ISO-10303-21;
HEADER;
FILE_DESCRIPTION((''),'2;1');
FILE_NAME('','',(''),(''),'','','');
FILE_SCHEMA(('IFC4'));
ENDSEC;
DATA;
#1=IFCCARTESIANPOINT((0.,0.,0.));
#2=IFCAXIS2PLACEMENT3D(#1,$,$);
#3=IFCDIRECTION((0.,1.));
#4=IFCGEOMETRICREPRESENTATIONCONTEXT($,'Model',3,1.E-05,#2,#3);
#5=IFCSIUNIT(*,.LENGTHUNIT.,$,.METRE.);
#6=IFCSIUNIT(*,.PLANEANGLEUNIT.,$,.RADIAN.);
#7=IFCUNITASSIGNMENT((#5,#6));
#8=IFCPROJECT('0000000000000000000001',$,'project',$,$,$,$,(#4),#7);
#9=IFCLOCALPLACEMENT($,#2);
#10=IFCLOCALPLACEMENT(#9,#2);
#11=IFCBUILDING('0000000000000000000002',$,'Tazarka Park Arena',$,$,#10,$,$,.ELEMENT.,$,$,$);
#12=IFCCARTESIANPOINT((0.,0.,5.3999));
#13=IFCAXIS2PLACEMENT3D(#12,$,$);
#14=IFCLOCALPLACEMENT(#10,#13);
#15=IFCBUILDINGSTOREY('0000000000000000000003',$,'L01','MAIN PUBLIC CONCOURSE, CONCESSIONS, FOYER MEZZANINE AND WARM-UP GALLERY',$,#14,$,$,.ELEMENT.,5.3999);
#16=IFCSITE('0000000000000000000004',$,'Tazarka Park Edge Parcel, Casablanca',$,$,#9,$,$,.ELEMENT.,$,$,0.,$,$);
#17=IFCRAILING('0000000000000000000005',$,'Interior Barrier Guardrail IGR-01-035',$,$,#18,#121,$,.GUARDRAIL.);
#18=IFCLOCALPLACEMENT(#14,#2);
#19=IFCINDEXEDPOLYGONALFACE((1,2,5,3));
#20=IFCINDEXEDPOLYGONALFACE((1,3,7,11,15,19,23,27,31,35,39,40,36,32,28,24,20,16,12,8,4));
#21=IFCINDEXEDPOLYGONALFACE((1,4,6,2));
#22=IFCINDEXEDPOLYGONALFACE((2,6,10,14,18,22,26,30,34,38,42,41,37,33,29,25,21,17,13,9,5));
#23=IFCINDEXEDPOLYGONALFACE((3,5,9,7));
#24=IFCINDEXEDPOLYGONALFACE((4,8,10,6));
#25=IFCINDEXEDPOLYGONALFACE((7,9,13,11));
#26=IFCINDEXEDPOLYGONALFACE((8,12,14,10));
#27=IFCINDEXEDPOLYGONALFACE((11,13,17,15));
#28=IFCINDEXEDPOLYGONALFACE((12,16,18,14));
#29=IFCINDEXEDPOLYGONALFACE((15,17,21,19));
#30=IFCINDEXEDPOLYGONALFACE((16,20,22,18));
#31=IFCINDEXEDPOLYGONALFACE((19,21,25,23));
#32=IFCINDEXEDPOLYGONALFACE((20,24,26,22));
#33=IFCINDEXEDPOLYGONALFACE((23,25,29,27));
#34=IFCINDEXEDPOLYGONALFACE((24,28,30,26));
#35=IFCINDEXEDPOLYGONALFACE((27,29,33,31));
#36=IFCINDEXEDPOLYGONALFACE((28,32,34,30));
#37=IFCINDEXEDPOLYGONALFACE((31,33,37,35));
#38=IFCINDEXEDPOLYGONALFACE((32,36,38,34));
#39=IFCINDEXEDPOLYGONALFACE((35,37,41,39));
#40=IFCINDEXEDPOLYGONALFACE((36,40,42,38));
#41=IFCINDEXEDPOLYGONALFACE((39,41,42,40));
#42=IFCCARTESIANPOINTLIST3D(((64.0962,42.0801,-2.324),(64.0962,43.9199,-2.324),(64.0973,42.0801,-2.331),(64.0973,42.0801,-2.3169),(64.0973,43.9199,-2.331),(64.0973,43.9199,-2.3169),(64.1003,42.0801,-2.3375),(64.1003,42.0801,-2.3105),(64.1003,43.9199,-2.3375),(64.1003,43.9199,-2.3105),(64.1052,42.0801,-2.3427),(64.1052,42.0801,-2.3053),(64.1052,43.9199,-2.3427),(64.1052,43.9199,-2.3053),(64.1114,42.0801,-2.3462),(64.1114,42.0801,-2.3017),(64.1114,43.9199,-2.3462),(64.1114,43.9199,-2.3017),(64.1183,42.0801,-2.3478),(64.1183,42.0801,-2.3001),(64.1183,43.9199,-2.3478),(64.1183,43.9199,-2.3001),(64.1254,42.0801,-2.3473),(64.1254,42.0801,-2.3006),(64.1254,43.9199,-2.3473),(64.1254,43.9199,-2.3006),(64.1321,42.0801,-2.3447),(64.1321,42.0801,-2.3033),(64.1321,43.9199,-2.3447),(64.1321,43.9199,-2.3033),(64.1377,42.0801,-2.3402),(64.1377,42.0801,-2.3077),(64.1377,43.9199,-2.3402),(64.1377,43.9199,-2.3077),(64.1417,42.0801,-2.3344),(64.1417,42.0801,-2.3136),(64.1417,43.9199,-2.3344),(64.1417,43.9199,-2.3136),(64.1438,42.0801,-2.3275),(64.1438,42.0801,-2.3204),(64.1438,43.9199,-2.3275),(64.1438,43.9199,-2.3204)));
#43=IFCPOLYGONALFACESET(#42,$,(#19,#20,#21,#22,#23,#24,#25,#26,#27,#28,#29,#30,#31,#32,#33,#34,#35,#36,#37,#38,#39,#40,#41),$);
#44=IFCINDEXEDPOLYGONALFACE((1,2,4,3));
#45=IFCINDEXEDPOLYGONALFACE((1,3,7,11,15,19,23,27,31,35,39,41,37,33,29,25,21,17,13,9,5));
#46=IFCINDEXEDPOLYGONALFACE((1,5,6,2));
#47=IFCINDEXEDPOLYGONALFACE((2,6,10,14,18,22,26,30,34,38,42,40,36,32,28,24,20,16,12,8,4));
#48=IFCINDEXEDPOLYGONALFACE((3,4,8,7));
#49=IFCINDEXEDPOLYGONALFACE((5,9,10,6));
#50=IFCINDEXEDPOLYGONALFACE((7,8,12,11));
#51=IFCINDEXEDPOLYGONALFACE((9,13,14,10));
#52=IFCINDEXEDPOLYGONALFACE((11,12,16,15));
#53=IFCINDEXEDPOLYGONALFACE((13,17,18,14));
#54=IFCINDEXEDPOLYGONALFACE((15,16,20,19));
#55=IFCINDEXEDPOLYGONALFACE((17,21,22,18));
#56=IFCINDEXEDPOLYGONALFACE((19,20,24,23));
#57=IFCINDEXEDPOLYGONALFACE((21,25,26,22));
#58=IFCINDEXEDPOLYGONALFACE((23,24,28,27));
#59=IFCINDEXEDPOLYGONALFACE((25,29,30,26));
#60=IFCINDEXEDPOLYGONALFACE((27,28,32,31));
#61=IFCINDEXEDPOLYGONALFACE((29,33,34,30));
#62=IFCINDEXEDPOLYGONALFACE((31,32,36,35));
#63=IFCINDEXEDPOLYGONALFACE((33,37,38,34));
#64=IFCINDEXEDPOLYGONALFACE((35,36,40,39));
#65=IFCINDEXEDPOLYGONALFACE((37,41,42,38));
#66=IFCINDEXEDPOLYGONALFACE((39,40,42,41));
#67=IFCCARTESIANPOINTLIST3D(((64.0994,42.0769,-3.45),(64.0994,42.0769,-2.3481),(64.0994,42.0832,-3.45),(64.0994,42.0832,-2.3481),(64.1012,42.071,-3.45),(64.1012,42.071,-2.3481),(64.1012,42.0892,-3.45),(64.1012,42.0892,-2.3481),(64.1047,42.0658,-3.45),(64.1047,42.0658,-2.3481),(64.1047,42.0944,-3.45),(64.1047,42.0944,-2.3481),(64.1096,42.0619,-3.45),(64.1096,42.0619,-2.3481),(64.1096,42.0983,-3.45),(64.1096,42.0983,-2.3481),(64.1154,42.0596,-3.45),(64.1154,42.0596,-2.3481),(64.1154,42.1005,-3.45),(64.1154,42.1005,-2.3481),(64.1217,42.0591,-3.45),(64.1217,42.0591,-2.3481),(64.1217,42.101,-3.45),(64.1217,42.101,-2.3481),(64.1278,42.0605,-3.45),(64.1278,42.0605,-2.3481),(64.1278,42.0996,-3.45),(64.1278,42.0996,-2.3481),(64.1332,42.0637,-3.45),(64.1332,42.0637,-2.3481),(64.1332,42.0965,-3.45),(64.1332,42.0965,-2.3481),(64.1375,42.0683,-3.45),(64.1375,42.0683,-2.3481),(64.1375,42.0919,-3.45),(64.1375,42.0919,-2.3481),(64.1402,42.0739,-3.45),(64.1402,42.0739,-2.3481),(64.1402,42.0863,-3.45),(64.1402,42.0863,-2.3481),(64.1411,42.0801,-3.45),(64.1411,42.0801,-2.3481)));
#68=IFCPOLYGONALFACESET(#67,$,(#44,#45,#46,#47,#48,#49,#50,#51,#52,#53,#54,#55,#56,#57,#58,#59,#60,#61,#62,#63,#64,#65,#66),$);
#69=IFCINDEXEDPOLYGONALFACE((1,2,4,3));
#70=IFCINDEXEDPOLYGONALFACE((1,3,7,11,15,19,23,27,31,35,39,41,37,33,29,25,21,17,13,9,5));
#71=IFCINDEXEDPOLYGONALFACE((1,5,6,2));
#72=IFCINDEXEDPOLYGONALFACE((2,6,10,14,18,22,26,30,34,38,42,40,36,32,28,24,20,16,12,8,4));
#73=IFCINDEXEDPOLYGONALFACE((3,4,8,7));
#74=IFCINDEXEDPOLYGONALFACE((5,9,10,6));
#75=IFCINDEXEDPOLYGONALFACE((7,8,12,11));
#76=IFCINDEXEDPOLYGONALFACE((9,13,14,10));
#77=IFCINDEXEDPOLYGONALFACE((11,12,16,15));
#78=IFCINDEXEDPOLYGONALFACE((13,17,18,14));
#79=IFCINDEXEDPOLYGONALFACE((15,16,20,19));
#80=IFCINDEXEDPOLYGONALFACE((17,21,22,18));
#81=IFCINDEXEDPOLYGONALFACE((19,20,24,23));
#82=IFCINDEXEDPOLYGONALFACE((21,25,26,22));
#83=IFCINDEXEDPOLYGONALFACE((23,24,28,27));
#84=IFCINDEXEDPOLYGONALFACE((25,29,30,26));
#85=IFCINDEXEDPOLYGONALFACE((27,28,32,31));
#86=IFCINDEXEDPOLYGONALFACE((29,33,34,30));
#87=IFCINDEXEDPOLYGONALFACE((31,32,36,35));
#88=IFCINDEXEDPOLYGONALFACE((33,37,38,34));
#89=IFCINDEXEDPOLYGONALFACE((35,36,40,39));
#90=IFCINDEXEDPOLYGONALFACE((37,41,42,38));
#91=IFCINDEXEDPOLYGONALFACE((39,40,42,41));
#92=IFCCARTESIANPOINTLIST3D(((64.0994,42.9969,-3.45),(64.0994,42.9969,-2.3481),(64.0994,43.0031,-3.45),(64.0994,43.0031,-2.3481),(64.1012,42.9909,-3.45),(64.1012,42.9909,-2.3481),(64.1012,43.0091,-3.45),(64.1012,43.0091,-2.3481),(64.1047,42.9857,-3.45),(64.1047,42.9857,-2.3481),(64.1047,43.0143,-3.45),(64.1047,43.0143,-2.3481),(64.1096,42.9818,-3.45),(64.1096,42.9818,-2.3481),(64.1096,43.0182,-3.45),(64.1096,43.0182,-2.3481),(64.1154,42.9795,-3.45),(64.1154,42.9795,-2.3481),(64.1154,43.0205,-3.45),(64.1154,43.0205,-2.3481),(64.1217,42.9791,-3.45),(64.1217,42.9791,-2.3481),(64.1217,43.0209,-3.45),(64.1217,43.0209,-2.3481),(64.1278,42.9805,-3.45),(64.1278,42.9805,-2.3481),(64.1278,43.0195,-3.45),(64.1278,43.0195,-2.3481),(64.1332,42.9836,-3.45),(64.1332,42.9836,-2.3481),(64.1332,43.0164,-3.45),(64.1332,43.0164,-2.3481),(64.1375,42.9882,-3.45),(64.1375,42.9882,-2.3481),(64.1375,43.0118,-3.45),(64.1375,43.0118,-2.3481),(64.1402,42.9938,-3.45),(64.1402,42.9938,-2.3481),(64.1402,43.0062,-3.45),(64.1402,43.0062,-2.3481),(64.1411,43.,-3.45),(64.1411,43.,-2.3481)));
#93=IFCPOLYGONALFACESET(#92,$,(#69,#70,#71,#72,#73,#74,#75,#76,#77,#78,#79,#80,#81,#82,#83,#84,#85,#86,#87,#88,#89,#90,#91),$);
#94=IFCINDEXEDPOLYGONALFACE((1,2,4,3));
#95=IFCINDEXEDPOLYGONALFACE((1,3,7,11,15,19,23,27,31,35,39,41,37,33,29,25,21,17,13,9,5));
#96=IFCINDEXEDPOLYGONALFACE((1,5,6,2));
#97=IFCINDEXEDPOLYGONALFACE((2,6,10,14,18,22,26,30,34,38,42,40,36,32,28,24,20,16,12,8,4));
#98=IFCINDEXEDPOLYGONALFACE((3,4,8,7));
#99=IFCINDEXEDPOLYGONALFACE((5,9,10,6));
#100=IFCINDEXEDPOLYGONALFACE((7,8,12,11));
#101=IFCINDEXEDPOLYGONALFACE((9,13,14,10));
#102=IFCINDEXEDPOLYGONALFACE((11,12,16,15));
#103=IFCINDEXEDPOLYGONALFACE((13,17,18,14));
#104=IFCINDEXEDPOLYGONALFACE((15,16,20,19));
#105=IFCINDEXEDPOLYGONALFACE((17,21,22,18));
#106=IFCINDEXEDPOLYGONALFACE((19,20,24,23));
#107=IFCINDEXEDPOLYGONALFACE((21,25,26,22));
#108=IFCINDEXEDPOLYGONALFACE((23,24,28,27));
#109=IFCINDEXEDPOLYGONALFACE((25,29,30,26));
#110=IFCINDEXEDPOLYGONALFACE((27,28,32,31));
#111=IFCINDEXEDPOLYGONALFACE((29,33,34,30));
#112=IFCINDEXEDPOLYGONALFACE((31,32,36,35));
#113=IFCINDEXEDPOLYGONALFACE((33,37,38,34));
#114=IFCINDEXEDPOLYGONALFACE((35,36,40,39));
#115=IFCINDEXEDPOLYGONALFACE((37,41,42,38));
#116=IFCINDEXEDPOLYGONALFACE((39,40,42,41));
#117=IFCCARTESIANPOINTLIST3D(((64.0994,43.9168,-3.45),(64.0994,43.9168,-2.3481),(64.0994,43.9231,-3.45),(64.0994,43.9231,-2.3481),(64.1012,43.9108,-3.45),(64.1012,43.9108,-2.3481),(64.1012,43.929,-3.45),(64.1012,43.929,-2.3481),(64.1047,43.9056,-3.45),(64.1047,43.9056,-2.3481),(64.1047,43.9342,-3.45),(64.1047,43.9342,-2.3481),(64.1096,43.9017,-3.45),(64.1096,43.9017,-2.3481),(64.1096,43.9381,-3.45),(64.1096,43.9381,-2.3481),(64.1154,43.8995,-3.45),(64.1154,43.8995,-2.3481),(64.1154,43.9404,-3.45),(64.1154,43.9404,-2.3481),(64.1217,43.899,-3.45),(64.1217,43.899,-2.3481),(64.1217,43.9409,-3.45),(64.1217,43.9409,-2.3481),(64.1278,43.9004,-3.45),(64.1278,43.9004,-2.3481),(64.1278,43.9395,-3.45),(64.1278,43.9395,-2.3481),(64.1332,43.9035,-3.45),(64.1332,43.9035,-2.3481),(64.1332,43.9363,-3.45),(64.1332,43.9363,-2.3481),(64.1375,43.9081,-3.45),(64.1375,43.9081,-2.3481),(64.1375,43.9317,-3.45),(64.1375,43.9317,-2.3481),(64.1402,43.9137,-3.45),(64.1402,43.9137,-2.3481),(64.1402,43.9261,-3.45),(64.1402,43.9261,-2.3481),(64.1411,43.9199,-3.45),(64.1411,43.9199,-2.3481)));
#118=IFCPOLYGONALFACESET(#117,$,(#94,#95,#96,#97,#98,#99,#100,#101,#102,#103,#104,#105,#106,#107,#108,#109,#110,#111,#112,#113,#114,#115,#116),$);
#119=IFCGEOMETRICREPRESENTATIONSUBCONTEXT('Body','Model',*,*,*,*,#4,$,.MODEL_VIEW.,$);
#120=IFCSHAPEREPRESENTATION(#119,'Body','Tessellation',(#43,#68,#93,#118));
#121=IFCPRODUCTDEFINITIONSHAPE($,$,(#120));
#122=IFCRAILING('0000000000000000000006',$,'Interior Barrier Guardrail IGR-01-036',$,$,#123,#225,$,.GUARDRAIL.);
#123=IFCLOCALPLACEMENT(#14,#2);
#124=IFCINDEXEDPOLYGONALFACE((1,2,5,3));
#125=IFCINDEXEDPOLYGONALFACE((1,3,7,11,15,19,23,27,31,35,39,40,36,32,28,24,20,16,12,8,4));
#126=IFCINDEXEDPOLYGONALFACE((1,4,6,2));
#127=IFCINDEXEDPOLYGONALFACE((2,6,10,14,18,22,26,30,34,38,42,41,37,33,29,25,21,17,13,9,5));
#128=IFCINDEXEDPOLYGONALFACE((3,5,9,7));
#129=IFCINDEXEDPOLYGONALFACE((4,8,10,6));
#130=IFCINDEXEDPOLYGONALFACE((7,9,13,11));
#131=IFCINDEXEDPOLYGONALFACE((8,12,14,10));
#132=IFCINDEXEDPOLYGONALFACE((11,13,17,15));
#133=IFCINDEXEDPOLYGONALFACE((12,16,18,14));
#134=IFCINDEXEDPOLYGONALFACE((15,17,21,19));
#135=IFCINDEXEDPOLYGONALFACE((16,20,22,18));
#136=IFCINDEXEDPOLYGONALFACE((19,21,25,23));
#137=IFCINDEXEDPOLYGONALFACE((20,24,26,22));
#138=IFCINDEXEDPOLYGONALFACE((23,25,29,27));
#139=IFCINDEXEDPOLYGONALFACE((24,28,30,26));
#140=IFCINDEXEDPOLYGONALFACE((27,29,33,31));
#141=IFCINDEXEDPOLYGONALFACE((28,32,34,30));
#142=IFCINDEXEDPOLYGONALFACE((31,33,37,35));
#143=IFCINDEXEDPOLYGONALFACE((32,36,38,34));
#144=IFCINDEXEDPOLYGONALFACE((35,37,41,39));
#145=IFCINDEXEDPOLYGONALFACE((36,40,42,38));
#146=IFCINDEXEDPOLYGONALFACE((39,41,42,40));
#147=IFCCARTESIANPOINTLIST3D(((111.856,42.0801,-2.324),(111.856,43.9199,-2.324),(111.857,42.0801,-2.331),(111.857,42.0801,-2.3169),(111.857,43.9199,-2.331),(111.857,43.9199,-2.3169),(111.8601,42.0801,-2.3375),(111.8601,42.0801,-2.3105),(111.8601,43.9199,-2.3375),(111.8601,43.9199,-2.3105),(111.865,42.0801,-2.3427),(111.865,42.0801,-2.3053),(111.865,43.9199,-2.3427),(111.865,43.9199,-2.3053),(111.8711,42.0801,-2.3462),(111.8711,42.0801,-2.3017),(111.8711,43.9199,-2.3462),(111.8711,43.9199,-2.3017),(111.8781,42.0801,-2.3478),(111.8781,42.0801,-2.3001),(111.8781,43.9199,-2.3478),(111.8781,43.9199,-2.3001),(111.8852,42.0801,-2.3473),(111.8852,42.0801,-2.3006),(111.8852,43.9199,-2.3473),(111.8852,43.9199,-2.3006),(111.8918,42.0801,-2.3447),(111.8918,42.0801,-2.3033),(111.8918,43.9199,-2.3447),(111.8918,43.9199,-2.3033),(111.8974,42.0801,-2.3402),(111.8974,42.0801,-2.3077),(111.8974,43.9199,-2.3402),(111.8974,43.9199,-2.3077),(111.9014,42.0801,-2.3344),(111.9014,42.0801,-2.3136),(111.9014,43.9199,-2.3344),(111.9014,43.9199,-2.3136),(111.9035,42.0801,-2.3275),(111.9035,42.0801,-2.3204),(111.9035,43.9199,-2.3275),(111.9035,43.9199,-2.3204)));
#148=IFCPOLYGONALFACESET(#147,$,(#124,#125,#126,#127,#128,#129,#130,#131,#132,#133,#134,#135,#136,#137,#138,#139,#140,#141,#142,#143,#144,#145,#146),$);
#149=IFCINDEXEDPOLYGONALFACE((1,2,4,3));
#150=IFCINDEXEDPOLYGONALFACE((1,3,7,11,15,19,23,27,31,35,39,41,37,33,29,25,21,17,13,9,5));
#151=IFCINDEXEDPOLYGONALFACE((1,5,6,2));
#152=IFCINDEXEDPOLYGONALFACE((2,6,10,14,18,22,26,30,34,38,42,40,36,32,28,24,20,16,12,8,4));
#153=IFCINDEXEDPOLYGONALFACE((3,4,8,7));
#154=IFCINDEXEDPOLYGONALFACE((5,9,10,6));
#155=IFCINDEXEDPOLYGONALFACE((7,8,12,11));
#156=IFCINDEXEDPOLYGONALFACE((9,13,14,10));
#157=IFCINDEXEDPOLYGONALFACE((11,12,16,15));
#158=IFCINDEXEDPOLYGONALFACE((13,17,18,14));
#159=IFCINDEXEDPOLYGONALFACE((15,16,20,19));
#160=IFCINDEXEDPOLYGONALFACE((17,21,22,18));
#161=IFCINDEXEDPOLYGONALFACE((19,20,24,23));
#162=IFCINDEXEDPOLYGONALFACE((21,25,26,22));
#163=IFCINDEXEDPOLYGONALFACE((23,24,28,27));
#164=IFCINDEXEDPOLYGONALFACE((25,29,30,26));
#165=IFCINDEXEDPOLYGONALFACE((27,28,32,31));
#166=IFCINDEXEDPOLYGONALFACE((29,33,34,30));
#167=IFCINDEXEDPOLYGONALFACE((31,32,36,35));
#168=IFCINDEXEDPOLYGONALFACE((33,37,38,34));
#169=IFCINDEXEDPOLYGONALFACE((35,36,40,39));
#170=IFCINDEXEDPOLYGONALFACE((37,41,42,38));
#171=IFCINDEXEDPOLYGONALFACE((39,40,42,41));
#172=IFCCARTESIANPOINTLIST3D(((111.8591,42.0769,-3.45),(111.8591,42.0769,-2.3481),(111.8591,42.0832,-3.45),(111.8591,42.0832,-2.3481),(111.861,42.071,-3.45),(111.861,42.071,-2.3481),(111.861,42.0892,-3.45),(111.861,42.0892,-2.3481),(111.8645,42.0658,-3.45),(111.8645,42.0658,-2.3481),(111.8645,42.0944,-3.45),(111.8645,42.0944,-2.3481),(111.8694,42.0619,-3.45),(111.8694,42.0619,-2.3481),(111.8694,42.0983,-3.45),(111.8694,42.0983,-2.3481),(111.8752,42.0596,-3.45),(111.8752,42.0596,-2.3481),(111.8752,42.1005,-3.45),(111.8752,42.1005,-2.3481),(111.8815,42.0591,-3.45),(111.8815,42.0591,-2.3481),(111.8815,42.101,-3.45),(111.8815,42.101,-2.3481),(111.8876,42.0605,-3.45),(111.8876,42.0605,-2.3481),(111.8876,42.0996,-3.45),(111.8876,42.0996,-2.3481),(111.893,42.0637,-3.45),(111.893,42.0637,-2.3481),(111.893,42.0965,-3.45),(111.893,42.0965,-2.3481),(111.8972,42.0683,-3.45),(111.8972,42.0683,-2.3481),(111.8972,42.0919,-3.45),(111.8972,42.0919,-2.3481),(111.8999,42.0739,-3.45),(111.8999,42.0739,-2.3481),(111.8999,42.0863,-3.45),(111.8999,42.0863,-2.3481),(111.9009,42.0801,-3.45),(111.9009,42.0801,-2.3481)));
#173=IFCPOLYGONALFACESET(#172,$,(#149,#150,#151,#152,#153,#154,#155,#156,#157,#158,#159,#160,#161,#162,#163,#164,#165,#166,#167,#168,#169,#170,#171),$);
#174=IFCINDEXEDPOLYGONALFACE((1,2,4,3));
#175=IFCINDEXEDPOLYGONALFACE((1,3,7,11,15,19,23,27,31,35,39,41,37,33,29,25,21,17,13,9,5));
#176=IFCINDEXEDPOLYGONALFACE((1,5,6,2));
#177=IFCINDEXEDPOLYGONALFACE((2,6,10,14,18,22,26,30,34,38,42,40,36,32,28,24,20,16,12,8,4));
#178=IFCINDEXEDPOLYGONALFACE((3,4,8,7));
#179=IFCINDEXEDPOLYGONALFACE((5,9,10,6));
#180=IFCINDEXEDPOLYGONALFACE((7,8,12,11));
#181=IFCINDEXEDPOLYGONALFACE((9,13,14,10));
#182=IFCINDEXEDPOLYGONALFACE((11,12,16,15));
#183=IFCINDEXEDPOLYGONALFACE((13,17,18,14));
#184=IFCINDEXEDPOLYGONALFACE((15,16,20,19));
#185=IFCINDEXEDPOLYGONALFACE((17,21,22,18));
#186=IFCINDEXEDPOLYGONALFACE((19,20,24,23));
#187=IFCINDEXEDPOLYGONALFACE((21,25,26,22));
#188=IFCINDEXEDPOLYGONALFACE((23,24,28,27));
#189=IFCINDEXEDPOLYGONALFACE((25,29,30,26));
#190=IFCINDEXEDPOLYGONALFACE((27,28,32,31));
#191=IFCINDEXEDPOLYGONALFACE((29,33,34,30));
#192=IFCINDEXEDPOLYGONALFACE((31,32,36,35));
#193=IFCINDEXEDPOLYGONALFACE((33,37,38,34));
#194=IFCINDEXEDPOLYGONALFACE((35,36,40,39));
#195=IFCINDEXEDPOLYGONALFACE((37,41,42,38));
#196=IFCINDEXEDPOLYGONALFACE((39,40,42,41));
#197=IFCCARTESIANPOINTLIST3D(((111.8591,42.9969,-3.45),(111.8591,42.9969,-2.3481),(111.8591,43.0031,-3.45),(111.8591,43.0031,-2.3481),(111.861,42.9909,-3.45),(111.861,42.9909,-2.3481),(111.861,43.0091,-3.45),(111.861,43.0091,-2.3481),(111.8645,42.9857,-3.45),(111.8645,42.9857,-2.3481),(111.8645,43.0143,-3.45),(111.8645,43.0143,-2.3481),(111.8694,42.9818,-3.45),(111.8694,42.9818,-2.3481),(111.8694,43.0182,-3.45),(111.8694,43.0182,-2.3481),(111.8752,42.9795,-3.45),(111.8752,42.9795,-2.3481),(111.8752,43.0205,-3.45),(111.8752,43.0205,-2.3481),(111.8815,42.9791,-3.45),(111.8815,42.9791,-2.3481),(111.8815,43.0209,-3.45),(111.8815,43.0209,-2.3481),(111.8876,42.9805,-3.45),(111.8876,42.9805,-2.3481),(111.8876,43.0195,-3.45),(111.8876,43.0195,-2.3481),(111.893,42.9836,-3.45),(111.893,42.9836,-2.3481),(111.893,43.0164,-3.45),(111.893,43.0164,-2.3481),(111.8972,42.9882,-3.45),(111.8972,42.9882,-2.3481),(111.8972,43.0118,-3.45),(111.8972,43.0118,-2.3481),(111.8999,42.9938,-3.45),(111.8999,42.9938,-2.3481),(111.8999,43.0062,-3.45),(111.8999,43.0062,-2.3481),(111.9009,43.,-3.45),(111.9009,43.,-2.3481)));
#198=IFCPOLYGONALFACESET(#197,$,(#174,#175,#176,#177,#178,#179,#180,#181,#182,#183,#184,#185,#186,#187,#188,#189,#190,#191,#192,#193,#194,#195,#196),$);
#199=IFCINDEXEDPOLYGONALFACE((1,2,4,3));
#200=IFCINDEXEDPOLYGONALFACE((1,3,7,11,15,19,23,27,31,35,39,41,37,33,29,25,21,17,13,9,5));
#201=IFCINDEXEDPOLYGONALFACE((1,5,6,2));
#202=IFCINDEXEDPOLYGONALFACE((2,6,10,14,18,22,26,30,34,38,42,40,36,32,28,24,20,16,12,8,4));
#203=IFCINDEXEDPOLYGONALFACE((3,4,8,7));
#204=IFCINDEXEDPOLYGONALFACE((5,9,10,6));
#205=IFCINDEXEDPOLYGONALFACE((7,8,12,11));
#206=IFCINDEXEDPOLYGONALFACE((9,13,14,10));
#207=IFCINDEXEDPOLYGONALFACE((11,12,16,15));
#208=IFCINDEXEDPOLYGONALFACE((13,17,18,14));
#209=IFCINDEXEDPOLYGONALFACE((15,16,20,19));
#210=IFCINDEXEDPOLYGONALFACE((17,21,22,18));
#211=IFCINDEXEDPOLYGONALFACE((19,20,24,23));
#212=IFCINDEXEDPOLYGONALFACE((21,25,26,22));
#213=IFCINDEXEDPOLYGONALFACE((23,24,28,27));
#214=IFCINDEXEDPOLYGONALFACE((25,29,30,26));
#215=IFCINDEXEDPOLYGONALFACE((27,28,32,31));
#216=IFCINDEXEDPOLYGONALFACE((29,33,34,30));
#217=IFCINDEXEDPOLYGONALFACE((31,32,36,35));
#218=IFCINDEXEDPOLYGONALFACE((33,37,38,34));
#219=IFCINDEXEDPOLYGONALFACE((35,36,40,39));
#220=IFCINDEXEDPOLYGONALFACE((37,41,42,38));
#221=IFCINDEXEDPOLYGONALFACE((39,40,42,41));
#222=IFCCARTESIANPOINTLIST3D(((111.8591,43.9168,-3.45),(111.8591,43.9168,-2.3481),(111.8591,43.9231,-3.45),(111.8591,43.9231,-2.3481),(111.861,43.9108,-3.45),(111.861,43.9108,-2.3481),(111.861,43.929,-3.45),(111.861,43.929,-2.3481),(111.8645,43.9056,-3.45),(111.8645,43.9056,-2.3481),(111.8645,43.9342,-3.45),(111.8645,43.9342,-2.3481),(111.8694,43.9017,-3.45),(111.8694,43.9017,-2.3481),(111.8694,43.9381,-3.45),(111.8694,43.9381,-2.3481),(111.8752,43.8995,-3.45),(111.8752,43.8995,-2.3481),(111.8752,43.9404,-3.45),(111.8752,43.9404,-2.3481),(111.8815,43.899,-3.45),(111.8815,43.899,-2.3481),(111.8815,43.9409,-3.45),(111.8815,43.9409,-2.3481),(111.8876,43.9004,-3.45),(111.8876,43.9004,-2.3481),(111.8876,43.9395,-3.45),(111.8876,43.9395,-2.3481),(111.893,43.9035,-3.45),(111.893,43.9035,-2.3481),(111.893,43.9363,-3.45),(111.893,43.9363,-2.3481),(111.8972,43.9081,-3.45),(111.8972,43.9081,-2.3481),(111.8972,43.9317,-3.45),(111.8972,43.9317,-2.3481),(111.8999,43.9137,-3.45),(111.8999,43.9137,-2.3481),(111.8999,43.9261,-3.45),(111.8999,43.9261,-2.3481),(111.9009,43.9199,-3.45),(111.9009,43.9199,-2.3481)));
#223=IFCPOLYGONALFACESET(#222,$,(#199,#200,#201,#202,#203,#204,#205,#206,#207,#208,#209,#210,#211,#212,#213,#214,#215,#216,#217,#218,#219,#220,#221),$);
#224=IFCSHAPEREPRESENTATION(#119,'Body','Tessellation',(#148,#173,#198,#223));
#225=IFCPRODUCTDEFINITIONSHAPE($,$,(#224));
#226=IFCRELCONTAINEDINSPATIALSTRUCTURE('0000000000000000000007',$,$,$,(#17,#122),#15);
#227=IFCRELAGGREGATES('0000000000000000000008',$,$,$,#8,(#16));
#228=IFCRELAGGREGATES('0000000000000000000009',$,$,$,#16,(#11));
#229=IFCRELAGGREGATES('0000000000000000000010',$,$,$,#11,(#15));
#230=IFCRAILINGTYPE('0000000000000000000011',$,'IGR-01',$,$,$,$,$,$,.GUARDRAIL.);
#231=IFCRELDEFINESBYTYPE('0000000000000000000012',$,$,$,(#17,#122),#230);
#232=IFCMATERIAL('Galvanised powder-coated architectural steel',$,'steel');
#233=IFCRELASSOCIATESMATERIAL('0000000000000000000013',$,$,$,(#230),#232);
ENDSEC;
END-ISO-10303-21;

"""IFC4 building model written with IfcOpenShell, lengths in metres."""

from ifc_helpers import new_model, si_unit, direction, frame, origin, origin_2d, place, context, subcontext, project, spatial, circle, extrude, material, type_object, element, save


model = new_model("IFC4")

# Units and contexts
model_context = context("Model", 3, precision=1e-05, world=origin(), true_north=direction((0.0, 1.0)))
body_context = subcontext(model_context, "Body", "Model", "MODEL_VIEW")
ifc_project = project(units=[si_unit("LENGTHUNIT", "METRE"), si_unit("PLANEANGLEUNIT", "RADIAN")], contexts=[model_context])

# Site, building, storey
site_placement = place(None, origin())
site = spatial("IfcSite", under=ifc_project, at=site_placement, Name="Tazarka Park Edge Parcel, Casablanca", CompositionType="ELEMENT", RefElevation=0.0)
building_placement = place(site_placement, origin())
building = spatial("IfcBuilding", under=site, at=building_placement, Name="Tazarka Park Arena", CompositionType="ELEMENT")
storey_placement = place(building_placement, frame((0.0, 0.0, 5.3999)))
storey = spatial("IfcBuildingStorey", under=building, at=storey_placement, Name="L01", Description="MAIN PUBLIC CONCOURSE, CONCESSIONS, FOYER MEZZANINE AND WARM-UP GALLERY", CompositionType="ELEMENT", Elevation=5.3999)

# Railings
ifc_material_1 = material(Name="Galvanised powder-coated architectural steel", Category="steel")
railing_type = type_object("IfcRailingType", Name="IGR-01", PredefinedType="GUARDRAIL", material=ifc_material_1)
for number, where, name in (
    (1, (64.1201, 42.0801, -3.45), "Interior Barrier Guardrail IGR-01-035"),
    (2, (111.8799, 42.0801, -3.45), "Interior Barrier Guardrail IGR-01-036"),
):
    element("IfcRailing", number, at=place(storey_placement, frame(where)), inside=storey, type_object=railing_type, Name=name, PredefinedType="GUARDRAIL", context=body_context, shape_type="SweptSolid", body=[
        extrude(circle(Radius=0.0239, at=origin_2d()), frame((0.0, 0.0, 1.126), z_axis=(0.0, 1.0, 0.0), x_axis=(-1.0, 0.0, 0.0)), (0.0, 0.0, 1.0), 1.8398),
        extrude(circle(Radius=0.021, at=origin_2d()), origin(), (0.0, 0.0, 1.0), 1.1018),
        extrude(circle(Radius=0.021, at=origin_2d()), frame((0.0, 0.9199, 0.0)), (0.0, 0.0, 1.0), 1.1018),
        extrude(circle(Radius=0.021, at=origin_2d()), frame((0.0, 1.8398, 0.0)), (0.0, 0.0, 1.0), 1.1018),
    ])

save(model, "model.ifc")
